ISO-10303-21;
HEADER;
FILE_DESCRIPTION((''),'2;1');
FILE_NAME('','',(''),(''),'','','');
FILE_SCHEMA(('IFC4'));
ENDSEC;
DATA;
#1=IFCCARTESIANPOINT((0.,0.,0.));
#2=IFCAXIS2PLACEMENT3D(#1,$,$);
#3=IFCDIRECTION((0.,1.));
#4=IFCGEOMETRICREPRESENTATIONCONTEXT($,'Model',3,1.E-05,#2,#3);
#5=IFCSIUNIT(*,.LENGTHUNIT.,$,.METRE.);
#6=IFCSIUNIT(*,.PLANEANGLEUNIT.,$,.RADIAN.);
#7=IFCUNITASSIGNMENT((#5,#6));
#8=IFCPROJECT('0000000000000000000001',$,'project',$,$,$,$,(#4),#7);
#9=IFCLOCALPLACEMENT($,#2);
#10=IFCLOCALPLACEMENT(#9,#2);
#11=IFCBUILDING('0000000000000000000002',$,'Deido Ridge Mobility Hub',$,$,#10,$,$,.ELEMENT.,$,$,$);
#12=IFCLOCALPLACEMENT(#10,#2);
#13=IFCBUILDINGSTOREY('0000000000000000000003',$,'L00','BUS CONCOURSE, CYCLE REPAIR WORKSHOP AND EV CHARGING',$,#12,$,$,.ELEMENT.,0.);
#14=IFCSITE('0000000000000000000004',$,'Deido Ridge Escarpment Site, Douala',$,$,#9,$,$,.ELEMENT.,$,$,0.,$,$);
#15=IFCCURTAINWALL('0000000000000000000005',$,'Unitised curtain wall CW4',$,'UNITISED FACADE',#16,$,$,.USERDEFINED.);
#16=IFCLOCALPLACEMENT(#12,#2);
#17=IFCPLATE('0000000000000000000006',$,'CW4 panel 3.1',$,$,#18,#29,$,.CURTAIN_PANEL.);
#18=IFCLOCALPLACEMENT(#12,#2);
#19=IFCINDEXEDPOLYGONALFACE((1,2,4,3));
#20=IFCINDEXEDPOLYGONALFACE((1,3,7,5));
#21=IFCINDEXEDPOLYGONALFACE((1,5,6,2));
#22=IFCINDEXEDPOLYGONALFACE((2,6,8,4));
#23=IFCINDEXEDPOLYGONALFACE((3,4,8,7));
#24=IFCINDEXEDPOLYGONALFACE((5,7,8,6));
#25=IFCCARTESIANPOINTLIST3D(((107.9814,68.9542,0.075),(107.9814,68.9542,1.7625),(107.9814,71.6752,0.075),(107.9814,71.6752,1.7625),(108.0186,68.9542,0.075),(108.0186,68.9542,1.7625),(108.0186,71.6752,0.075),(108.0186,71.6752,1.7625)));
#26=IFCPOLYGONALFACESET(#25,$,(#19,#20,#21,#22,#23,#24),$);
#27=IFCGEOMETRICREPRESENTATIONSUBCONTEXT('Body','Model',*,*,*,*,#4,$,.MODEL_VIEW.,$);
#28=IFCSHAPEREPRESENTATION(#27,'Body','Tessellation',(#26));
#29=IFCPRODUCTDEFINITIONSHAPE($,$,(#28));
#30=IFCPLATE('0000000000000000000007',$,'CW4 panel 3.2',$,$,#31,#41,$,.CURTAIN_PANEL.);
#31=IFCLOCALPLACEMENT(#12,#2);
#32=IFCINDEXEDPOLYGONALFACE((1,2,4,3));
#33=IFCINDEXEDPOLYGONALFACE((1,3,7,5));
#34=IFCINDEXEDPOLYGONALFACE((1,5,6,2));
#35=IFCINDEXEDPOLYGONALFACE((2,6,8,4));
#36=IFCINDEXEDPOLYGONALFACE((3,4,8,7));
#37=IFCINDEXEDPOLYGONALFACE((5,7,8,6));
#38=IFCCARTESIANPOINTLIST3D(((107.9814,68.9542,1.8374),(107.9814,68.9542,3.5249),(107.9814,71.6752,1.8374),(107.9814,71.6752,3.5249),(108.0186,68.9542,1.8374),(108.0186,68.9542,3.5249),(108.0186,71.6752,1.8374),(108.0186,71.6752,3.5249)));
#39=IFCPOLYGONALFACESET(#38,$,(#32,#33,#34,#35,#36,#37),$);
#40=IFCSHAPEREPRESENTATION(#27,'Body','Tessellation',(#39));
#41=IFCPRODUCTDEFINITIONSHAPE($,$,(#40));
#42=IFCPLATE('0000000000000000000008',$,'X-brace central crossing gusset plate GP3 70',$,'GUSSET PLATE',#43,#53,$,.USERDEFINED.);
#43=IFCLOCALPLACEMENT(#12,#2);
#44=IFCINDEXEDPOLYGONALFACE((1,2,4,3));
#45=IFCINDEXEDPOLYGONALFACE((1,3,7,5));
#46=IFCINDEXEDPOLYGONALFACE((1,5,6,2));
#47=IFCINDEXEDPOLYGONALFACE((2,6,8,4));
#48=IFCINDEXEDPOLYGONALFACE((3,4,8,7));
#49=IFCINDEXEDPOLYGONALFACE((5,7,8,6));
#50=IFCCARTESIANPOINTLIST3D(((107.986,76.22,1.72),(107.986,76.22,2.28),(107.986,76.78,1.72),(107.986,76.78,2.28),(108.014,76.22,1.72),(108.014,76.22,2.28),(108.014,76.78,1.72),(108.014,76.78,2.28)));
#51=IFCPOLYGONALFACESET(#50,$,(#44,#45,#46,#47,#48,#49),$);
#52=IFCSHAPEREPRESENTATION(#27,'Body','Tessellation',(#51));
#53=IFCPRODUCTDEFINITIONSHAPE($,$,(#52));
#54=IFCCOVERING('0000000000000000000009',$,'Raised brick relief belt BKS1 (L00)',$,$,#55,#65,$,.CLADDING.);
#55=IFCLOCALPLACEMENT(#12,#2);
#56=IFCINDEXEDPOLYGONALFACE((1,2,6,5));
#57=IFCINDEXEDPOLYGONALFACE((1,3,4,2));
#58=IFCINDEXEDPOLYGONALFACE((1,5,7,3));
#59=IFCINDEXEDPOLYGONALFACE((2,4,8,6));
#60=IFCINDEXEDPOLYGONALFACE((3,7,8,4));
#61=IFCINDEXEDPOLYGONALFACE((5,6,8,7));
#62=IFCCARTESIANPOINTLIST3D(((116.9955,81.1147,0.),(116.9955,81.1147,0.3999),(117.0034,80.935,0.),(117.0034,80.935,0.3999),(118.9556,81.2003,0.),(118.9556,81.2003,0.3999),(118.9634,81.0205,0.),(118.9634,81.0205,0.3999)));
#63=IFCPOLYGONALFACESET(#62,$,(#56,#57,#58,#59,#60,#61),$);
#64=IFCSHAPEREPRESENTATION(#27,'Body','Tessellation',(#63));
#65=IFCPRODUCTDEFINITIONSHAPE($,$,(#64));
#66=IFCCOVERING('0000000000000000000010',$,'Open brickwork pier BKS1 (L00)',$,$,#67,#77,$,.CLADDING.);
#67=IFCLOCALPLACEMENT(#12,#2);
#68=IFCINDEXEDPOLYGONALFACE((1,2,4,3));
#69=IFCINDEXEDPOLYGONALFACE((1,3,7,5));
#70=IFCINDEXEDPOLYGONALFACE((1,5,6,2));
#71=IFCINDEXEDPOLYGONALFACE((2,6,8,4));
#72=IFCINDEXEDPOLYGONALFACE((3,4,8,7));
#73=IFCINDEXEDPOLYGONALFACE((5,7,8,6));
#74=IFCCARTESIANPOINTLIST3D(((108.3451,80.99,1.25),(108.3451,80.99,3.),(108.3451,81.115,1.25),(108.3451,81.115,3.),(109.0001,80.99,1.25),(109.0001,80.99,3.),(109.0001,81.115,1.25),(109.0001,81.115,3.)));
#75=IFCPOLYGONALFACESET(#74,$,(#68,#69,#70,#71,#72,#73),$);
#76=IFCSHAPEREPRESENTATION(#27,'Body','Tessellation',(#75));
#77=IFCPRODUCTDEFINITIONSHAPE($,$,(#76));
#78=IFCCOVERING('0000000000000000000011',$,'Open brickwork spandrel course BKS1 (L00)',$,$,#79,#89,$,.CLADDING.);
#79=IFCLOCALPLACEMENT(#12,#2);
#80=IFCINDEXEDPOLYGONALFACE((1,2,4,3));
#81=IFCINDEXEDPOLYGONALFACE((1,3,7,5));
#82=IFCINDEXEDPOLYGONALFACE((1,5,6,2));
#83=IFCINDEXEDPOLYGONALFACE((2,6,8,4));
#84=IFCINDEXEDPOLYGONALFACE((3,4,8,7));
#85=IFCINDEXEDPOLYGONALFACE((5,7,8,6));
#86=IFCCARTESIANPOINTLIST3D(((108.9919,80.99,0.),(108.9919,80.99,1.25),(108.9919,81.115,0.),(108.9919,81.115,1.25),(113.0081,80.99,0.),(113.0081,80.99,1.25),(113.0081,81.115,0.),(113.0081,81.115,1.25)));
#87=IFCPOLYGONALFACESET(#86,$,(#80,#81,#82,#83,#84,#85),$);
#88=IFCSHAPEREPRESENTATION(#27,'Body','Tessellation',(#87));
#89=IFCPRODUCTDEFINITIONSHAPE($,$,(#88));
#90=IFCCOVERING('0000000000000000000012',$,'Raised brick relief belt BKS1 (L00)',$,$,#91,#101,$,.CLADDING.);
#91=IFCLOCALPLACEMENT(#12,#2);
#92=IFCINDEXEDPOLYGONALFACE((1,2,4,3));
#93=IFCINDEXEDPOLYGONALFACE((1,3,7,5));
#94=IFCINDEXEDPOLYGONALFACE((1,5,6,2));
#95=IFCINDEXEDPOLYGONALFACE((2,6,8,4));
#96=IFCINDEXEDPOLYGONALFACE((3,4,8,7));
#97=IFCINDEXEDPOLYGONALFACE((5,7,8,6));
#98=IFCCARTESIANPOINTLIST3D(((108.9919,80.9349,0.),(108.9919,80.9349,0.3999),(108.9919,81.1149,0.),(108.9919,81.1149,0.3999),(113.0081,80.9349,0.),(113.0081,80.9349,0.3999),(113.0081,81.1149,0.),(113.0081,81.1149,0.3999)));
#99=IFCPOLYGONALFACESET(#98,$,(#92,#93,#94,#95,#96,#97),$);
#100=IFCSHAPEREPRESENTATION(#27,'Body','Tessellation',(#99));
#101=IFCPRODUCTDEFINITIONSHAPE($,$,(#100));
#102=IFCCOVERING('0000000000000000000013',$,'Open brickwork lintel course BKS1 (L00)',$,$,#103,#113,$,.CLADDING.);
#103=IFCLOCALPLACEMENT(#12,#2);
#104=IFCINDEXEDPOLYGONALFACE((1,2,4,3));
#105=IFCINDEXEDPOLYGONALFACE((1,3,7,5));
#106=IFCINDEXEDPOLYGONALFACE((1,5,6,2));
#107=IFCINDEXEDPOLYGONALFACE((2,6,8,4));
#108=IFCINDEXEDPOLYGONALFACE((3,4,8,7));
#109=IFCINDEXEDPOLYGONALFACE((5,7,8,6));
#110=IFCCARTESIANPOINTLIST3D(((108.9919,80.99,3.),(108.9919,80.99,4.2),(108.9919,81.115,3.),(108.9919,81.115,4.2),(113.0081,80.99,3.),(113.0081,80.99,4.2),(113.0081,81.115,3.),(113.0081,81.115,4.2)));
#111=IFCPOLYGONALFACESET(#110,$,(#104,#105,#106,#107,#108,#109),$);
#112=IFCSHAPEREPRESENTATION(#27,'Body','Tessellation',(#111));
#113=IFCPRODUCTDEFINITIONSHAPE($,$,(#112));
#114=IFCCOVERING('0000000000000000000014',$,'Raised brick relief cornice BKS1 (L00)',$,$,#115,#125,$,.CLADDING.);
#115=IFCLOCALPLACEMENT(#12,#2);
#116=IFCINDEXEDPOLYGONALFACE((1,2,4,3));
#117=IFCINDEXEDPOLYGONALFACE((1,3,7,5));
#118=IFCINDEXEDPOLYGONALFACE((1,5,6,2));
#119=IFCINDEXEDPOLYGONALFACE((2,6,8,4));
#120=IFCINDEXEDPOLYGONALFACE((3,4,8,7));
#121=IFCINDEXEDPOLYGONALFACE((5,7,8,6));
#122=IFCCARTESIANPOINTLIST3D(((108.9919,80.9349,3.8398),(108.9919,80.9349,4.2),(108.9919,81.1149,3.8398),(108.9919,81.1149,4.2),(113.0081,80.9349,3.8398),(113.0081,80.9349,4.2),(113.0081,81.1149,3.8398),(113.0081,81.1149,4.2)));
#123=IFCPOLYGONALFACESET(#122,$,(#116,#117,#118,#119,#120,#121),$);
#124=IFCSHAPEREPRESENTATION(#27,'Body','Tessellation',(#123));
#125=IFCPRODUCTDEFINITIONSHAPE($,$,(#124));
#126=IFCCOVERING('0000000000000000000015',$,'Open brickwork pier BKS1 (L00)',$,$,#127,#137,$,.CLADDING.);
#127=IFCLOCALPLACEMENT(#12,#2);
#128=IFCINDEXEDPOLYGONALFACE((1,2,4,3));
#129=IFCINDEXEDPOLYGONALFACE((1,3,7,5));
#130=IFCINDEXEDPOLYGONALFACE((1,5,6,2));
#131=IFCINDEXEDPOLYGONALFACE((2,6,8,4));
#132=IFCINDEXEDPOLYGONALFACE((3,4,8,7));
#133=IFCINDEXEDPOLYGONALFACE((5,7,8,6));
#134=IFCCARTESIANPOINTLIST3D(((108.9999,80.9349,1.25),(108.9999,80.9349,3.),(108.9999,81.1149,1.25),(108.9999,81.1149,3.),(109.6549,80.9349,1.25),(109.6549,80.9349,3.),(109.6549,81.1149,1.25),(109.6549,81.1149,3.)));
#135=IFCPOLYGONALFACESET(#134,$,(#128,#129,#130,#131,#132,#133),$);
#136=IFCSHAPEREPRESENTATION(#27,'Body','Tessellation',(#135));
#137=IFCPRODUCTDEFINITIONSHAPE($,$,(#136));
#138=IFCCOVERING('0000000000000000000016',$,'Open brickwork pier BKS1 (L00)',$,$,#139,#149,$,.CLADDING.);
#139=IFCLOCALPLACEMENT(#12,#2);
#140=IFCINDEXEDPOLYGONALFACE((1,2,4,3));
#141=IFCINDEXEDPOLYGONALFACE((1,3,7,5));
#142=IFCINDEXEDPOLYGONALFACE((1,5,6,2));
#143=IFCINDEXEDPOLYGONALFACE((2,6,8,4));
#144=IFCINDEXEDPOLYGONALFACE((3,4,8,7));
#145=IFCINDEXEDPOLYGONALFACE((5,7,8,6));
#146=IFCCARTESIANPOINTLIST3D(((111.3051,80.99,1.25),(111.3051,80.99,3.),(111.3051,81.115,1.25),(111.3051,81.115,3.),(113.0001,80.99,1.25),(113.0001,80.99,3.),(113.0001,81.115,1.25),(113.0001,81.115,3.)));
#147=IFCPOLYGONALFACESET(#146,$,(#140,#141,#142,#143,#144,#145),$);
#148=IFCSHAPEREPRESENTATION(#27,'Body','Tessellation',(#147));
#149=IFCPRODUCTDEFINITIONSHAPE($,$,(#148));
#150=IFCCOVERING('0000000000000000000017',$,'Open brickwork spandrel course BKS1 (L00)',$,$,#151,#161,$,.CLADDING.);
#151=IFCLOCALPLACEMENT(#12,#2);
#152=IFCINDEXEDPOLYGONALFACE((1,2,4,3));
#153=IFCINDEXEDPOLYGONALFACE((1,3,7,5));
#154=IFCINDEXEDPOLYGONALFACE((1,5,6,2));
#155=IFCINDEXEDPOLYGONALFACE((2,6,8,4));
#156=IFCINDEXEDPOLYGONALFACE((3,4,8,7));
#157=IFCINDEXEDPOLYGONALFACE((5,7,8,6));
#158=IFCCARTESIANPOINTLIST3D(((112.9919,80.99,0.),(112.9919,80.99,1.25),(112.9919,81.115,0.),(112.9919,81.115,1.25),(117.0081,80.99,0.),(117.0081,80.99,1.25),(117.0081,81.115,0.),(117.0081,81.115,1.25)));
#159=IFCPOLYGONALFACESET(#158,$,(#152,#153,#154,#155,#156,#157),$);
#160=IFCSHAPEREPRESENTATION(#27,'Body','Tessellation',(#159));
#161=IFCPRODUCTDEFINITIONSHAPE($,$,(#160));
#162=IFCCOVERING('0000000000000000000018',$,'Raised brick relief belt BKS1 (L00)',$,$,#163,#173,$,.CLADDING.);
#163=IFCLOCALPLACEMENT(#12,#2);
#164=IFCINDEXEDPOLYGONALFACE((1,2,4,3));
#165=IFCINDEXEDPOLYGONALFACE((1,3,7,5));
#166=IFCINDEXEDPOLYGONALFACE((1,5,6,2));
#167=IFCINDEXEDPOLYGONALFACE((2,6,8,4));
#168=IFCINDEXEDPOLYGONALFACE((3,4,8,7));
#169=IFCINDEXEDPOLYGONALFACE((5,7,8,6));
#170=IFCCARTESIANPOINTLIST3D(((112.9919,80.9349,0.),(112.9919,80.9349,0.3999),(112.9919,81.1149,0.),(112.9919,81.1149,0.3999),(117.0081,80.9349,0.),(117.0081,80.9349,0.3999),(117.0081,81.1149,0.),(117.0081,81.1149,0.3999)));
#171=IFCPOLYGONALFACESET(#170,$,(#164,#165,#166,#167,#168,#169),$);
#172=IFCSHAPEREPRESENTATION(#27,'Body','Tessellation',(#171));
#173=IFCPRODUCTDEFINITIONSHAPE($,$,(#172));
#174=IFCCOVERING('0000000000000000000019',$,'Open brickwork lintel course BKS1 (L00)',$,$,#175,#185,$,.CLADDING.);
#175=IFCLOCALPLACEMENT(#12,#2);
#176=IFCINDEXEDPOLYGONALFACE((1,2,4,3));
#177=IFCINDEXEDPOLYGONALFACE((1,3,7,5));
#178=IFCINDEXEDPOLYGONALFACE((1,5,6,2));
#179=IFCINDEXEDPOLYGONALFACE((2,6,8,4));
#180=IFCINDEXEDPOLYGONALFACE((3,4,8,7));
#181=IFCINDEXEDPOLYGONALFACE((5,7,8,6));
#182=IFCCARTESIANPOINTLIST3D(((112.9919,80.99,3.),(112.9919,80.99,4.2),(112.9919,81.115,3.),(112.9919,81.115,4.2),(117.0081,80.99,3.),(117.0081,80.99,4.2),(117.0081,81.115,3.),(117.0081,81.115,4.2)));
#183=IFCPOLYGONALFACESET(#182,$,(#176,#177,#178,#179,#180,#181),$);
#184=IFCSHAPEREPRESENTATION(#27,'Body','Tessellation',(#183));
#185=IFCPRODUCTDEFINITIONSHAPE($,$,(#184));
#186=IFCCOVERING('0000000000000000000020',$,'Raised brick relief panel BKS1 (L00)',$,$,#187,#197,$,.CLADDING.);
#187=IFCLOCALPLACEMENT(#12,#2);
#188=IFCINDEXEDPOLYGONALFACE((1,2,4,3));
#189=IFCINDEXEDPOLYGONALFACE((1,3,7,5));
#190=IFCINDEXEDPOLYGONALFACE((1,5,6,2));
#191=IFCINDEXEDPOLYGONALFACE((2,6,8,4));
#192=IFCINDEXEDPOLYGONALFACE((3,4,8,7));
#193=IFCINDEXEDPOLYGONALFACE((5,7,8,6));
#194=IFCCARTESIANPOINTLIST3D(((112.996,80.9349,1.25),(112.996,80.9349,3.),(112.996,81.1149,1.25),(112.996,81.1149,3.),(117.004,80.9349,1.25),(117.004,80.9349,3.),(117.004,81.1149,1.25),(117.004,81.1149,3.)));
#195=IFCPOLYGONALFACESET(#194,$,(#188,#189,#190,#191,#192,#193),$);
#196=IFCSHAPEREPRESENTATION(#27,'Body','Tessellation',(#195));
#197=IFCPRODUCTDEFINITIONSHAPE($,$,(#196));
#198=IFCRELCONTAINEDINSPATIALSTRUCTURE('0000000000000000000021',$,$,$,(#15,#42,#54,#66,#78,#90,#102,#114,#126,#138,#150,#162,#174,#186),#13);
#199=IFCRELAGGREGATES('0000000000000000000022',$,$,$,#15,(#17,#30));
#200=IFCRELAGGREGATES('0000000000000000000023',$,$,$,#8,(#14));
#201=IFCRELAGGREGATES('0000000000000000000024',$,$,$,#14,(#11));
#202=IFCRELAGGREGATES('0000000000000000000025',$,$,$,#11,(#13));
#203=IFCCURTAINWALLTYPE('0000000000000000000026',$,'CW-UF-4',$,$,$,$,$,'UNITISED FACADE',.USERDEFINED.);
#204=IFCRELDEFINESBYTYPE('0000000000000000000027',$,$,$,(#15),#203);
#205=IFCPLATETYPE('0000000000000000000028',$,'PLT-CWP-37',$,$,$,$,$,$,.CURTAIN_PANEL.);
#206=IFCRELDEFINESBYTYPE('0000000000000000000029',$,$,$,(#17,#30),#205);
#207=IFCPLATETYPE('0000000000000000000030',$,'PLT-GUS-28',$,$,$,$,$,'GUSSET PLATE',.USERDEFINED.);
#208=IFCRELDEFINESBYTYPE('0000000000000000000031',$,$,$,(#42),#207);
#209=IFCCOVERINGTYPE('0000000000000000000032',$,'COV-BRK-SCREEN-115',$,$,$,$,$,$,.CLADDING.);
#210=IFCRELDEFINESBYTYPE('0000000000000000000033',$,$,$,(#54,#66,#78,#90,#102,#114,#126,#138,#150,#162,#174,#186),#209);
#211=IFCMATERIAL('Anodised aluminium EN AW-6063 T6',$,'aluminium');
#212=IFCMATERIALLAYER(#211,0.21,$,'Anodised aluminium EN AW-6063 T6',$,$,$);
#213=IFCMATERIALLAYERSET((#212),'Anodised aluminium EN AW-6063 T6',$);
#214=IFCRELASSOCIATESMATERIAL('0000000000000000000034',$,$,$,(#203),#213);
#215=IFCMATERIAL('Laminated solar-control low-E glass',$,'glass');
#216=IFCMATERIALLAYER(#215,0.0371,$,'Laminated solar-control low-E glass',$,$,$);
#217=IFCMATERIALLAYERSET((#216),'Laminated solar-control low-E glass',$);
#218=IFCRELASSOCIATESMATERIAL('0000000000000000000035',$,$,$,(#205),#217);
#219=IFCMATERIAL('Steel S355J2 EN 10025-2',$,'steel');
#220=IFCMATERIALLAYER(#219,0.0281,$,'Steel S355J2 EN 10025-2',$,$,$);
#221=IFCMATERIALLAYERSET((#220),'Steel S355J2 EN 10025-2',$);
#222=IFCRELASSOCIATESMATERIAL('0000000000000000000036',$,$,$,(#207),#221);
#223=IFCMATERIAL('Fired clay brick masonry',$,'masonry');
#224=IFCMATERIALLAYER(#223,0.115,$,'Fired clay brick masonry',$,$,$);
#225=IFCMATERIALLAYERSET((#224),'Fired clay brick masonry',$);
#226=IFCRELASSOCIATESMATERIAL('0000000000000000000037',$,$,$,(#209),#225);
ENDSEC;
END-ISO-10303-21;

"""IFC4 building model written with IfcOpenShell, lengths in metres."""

from ifc_helpers import new_model, si_unit, direction, frame, origin, origin_2d, place, context, subcontext, project, spatial, rectangle, extrude, material, layer, layer_set, type_object, element, aggregate, save


model = new_model("IFC4")

# Units and contexts
model_context = context("Model", 3, precision=1e-05, world=origin(), true_north=direction((0.0, 1.0)))
body_context = subcontext(model_context, "Body", "Model", "MODEL_VIEW")
ifc_project = project(units=[si_unit("LENGTHUNIT", "METRE"), si_unit("PLANEANGLEUNIT", "RADIAN")], contexts=[model_context])

# Site, building, storey
site_placement = place(None, origin())
site = spatial("IfcSite", under=ifc_project, at=site_placement, Name="Deido Ridge Escarpment Site, Douala", CompositionType="ELEMENT", RefElevation=0.0)
building_placement = place(site_placement, origin())
building = spatial("IfcBuilding", under=site, at=building_placement, Name="Deido Ridge Mobility Hub", CompositionType="ELEMENT")
storey_placement = place(building_placement, origin())
storey = spatial("IfcBuildingStorey", under=building, at=storey_placement, Name="L00", Description="BUS CONCOURSE, CYCLE REPAIR WORKSHOP AND EV CHARGING", CompositionType="ELEMENT", Elevation=0.0)

# Shared definitions
ifc_material_1 = material(Name="Steel S355J2 EN 10025-2", Category="steel")

# Curtain wall
ifc_material_2 = material(Name="Anodised aluminium EN AW-6063 T6", Category="aluminium")
ifc_layer_1 = layer(ifc_material_2, 0.21, Name="Anodised aluminium EN AW-6063 T6")
ifc_layer_set_1 = layer_set([ifc_layer_1], Name="Anodised aluminium EN AW-6063 T6")
curtain_wall_type = type_object("IfcCurtainWallType", Name="CW-UF-4", ElementType="UNITISED FACADE", PredefinedType="USERDEFINED", material=ifc_layer_set_1)
curtain_wall_placement = place(storey_placement, origin())
curtain_wall = element("IfcCurtainWall", 1, at=curtain_wall_placement, inside=storey, type_object=curtain_wall_type, Name="Unitised curtain wall CW4", ObjectType="UNITISED FACADE", PredefinedType="USERDEFINED")

# Plates
ifc_material_3 = material(Name="Laminated solar-control low-E glass", Category="glass")
ifc_layer_2 = layer(ifc_material_3, 0.0371, Name="Laminated solar-control low-E glass")
ifc_layer_set_2 = layer_set([ifc_layer_2], Name="Laminated solar-control low-E glass")
plate_type_1 = type_object("IfcPlateType", Name="PLT-CWP-37", PredefinedType="CURTAIN_PANEL", material=ifc_layer_set_2)
plate_1_placement = place(storey_placement, frame((108.0, 70.3147, 0.075), z_axis=(0.0, 0.0, 1.0), x_axis=(0.0, 1.0, 0.0)))
plate_1 = element("IfcPlate", 2, at=plate_1_placement, type_object=plate_type_1, Name="CW4 panel 3.1", PredefinedType="CURTAIN_PANEL", context=body_context, shape_type="SweptSolid", body=[
    extrude(rectangle(XDim=2.7209, YDim=0.0371, at=origin_2d()), origin(), (0.0, 0.0, 1.0), 1.6875),
])
plate_2_placement = place(storey_placement, frame((108.0, 70.3147, 1.8374), z_axis=(0.0, 0.0, 1.0), x_axis=(0.0, 1.0, 0.0)))
plate_2 = element("IfcPlate", 3, at=plate_2_placement, type_object=plate_type_1, Name="CW4 panel 3.2", PredefinedType="CURTAIN_PANEL", context=body_context, shape_type="SweptSolid", body=[
    extrude(rectangle(XDim=2.7209, YDim=0.0371, at=origin_2d()), origin(), (0.0, 0.0, 1.0), 1.6875),
])
aggregate(curtain_wall, [plate_1, plate_2])
ifc_layer_3 = layer(ifc_material_1, 0.0281, Name="Steel S355J2 EN 10025-2")
ifc_layer_set_3 = layer_set([ifc_layer_3], Name="Steel S355J2 EN 10025-2")
plate_type_2 = type_object("IfcPlateType", Name="PLT-GUS-28", ElementType="GUSSET PLATE", PredefinedType="USERDEFINED", material=ifc_layer_set_3)
plate_3_placement = place(storey_placement, frame((108.0, 76.5, 1.72), z_axis=(0.0, 0.0, 1.0), x_axis=(0.0, 1.0, 0.0)))
element("IfcPlate", 4, at=plate_3_placement, inside=storey, type_object=plate_type_2, Name="X-brace central crossing gusset plate GP3 70", ObjectType="GUSSET PLATE", PredefinedType="USERDEFINED", context=body_context, shape_type="SweptSolid", body=[
    extrude(rectangle(XDim=0.5601, YDim=0.0281, at=origin_2d()), origin(), (0.0, 0.0, 1.0), 0.5601),
])

# Coverings
ifc_material_4 = material(Name="Fired clay brick masonry", Category="masonry")
ifc_layer_4 = layer(ifc_material_4, 0.115, Name="Fired clay brick masonry")
ifc_layer_set_4 = layer_set([ifc_layer_4], Name="Fired clay brick masonry")
covering_type = type_object("IfcCoveringType", Name="COV-BRK-SCREEN-115", PredefinedType="CLADDING", material=ifc_layer_set_4)
covering_1_placement = place(storey_placement, frame((117.9795, 81.0676, 0.0), z_axis=(0.0, 0.0, 1.0), x_axis=(0.999049, 0.043602, 0.0)))
element("IfcCovering", 5, at=covering_1_placement, inside=storey, type_object=covering_type, Name="Raised brick relief belt BKS1 (L00)", PredefinedType="CLADDING", context=body_context, shape_type="SweptSolid", body=[
    extrude(rectangle(XDim=1.9619, YDim=0.1799, at=origin_2d()), origin(), (0.0, 0.0, 1.0), 0.3999),
])
covering_2_placement = place(storey_placement, frame((108.6726, 81.0525, 1.25), z_axis=(0.0, 0.0, 1.0), x_axis=(1.0, 0.0, 0.0)))
element("IfcCovering", 6, at=covering_2_placement, inside=storey, type_object=covering_type, Name="Open brickwork pier BKS1 (L00)", PredefinedType="CLADDING", context=body_context, shape_type="SweptSolid", body=[
    extrude(rectangle(XDim=0.655, YDim=0.125, at=origin_2d()), origin(), (0.0, 0.0, 1.0), 1.75),
])
covering_3_placement = place(storey_placement, frame((111.0, 81.0525, 0.0), z_axis=(0.0, 0.0, 1.0), x_axis=(1.0, 0.0, 0.0)))
element("IfcCovering", 7, at=covering_3_placement, inside=storey, type_object=covering_type, Name="Open brickwork spandrel course BKS1 (L00)", PredefinedType="CLADDING", context=body_context, shape_type="SweptSolid", body=[
    extrude(rectangle(XDim=4.0161, YDim=0.125, at=origin_2d()), origin(), (0.0, 0.0, 1.0), 1.25),
])
covering_4_placement = place(storey_placement, frame((111.0, 81.0249, 0.0), z_axis=(0.0, 0.0, 1.0), x_axis=(1.0, 0.0, 0.0)))
element("IfcCovering", 8, at=covering_4_placement, inside=storey, type_object=covering_type, Name="Raised brick relief belt BKS1 (L00)", PredefinedType="CLADDING", context=body_context, shape_type="SweptSolid", body=[
    extrude(rectangle(XDim=4.0161, YDim=0.1799, at=origin_2d()), origin(), (0.0, 0.0, 1.0), 0.3999),
])
covering_5_placement = place(storey_placement, frame((111.0, 81.0525, 3.0), z_axis=(0.0, 0.0, 1.0), x_axis=(1.0, 0.0, 0.0)))
element("IfcCovering", 9, at=covering_5_placement, inside=storey, type_object=covering_type, Name="Open brickwork lintel course BKS1 (L00)", PredefinedType="CLADDING", context=body_context, shape_type="SweptSolid", body=[
    extrude(rectangle(XDim=4.0161, YDim=0.125, at=origin_2d()), origin(), (0.0, 0.0, 1.0), 1.2),
])
covering_6_placement = place(storey_placement, frame((111.0, 81.0249, 3.8398), z_axis=(0.0, 0.0, 1.0), x_axis=(1.0, 0.0, 0.0)))
element("IfcCovering", 10, at=covering_6_placement, inside=storey, type_object=covering_type, Name="Raised brick relief cornice BKS1 (L00)", PredefinedType="CLADDING", context=body_context, shape_type="SweptSolid", body=[
    extrude(rectangle(XDim=4.0161, YDim=0.1799, at=origin_2d()), origin(), (0.0, 0.0, 1.0), 0.3601),
])
covering_7_placement = place(storey_placement, frame((109.3274, 81.0249, 1.25), z_axis=(0.0, 0.0, 1.0), x_axis=(1.0, 0.0, 0.0)))
element("IfcCovering", 11, at=covering_7_placement, inside=storey, type_object=covering_type, Name="Open brickwork pier BKS1 (L00)", PredefinedType="CLADDING", context=body_context, shape_type="SweptSolid", body=[
    extrude(rectangle(XDim=0.655, YDim=0.1799, at=origin_2d()), origin(), (0.0, 0.0, 1.0), 1.75),
])
covering_8_placement = place(storey_placement, frame((112.1526, 81.0525, 1.25), z_axis=(0.0, 0.0, 1.0), x_axis=(1.0, 0.0, 0.0)))
element("IfcCovering", 12, at=covering_8_placement, inside=storey, type_object=covering_type, Name="Open brickwork pier BKS1 (L00)", PredefinedType="CLADDING", context=body_context, shape_type="SweptSolid", body=[
    extrude(rectangle(XDim=1.6951, YDim=0.125, at=origin_2d()), origin(), (0.0, 0.0, 1.0), 1.75),
])
covering_9_placement = place(storey_placement, frame((115.0, 81.0525, 0.0), z_axis=(0.0, 0.0, 1.0), x_axis=(1.0, 0.0, 0.0)))
element("IfcCovering", 13, at=covering_9_placement, inside=storey, type_object=covering_type, Name="Open brickwork spandrel course BKS1 (L00)", PredefinedType="CLADDING", context=body_context, shape_type="SweptSolid", body=[
    extrude(rectangle(XDim=4.0161, YDim=0.125, at=origin_2d()), origin(), (0.0, 0.0, 1.0), 1.25),
])
covering_10_placement = place(storey_placement, frame((115.0, 81.0249, 0.0), z_axis=(0.0, 0.0, 1.0), x_axis=(1.0, 0.0, 0.0)))
element("IfcCovering", 14, at=covering_10_placement, inside=storey, type_object=covering_type, Name="Raised brick relief belt BKS1 (L00)", PredefinedType="CLADDING", context=body_context, shape_type="SweptSolid", body=[
    extrude(rectangle(XDim=4.0161, YDim=0.1799, at=origin_2d()), origin(), (0.0, 0.0, 1.0), 0.3999),
])
covering_11_placement = place(storey_placement, frame((115.0, 81.0525, 3.0), z_axis=(0.0, 0.0, 1.0), x_axis=(1.0, 0.0, 0.0)))
element("IfcCovering", 15, at=covering_11_placement, inside=storey, type_object=covering_type, Name="Open brickwork lintel course BKS1 (L00)", PredefinedType="CLADDING", context=body_context, shape_type="SweptSolid", body=[
    extrude(rectangle(XDim=4.0161, YDim=0.125, at=origin_2d()), origin(), (0.0, 0.0, 1.0), 1.2),
])
covering_12_placement = place(storey_placement, frame((115.0, 81.0249, 1.25), z_axis=(0.0, 0.0, 1.0), x_axis=(1.0, 0.0, 0.0)))
element("IfcCovering", 16, at=covering_12_placement, inside=storey, type_object=covering_type, Name="Raised brick relief panel BKS1 (L00)", PredefinedType="CLADDING", context=body_context, shape_type="SweptSolid", body=[
    extrude(rectangle(XDim=4.0081, YDim=0.1799, at=origin_2d()), origin(), (0.0, 0.0, 1.0), 1.75),
])

save(model, "model.ifc")
